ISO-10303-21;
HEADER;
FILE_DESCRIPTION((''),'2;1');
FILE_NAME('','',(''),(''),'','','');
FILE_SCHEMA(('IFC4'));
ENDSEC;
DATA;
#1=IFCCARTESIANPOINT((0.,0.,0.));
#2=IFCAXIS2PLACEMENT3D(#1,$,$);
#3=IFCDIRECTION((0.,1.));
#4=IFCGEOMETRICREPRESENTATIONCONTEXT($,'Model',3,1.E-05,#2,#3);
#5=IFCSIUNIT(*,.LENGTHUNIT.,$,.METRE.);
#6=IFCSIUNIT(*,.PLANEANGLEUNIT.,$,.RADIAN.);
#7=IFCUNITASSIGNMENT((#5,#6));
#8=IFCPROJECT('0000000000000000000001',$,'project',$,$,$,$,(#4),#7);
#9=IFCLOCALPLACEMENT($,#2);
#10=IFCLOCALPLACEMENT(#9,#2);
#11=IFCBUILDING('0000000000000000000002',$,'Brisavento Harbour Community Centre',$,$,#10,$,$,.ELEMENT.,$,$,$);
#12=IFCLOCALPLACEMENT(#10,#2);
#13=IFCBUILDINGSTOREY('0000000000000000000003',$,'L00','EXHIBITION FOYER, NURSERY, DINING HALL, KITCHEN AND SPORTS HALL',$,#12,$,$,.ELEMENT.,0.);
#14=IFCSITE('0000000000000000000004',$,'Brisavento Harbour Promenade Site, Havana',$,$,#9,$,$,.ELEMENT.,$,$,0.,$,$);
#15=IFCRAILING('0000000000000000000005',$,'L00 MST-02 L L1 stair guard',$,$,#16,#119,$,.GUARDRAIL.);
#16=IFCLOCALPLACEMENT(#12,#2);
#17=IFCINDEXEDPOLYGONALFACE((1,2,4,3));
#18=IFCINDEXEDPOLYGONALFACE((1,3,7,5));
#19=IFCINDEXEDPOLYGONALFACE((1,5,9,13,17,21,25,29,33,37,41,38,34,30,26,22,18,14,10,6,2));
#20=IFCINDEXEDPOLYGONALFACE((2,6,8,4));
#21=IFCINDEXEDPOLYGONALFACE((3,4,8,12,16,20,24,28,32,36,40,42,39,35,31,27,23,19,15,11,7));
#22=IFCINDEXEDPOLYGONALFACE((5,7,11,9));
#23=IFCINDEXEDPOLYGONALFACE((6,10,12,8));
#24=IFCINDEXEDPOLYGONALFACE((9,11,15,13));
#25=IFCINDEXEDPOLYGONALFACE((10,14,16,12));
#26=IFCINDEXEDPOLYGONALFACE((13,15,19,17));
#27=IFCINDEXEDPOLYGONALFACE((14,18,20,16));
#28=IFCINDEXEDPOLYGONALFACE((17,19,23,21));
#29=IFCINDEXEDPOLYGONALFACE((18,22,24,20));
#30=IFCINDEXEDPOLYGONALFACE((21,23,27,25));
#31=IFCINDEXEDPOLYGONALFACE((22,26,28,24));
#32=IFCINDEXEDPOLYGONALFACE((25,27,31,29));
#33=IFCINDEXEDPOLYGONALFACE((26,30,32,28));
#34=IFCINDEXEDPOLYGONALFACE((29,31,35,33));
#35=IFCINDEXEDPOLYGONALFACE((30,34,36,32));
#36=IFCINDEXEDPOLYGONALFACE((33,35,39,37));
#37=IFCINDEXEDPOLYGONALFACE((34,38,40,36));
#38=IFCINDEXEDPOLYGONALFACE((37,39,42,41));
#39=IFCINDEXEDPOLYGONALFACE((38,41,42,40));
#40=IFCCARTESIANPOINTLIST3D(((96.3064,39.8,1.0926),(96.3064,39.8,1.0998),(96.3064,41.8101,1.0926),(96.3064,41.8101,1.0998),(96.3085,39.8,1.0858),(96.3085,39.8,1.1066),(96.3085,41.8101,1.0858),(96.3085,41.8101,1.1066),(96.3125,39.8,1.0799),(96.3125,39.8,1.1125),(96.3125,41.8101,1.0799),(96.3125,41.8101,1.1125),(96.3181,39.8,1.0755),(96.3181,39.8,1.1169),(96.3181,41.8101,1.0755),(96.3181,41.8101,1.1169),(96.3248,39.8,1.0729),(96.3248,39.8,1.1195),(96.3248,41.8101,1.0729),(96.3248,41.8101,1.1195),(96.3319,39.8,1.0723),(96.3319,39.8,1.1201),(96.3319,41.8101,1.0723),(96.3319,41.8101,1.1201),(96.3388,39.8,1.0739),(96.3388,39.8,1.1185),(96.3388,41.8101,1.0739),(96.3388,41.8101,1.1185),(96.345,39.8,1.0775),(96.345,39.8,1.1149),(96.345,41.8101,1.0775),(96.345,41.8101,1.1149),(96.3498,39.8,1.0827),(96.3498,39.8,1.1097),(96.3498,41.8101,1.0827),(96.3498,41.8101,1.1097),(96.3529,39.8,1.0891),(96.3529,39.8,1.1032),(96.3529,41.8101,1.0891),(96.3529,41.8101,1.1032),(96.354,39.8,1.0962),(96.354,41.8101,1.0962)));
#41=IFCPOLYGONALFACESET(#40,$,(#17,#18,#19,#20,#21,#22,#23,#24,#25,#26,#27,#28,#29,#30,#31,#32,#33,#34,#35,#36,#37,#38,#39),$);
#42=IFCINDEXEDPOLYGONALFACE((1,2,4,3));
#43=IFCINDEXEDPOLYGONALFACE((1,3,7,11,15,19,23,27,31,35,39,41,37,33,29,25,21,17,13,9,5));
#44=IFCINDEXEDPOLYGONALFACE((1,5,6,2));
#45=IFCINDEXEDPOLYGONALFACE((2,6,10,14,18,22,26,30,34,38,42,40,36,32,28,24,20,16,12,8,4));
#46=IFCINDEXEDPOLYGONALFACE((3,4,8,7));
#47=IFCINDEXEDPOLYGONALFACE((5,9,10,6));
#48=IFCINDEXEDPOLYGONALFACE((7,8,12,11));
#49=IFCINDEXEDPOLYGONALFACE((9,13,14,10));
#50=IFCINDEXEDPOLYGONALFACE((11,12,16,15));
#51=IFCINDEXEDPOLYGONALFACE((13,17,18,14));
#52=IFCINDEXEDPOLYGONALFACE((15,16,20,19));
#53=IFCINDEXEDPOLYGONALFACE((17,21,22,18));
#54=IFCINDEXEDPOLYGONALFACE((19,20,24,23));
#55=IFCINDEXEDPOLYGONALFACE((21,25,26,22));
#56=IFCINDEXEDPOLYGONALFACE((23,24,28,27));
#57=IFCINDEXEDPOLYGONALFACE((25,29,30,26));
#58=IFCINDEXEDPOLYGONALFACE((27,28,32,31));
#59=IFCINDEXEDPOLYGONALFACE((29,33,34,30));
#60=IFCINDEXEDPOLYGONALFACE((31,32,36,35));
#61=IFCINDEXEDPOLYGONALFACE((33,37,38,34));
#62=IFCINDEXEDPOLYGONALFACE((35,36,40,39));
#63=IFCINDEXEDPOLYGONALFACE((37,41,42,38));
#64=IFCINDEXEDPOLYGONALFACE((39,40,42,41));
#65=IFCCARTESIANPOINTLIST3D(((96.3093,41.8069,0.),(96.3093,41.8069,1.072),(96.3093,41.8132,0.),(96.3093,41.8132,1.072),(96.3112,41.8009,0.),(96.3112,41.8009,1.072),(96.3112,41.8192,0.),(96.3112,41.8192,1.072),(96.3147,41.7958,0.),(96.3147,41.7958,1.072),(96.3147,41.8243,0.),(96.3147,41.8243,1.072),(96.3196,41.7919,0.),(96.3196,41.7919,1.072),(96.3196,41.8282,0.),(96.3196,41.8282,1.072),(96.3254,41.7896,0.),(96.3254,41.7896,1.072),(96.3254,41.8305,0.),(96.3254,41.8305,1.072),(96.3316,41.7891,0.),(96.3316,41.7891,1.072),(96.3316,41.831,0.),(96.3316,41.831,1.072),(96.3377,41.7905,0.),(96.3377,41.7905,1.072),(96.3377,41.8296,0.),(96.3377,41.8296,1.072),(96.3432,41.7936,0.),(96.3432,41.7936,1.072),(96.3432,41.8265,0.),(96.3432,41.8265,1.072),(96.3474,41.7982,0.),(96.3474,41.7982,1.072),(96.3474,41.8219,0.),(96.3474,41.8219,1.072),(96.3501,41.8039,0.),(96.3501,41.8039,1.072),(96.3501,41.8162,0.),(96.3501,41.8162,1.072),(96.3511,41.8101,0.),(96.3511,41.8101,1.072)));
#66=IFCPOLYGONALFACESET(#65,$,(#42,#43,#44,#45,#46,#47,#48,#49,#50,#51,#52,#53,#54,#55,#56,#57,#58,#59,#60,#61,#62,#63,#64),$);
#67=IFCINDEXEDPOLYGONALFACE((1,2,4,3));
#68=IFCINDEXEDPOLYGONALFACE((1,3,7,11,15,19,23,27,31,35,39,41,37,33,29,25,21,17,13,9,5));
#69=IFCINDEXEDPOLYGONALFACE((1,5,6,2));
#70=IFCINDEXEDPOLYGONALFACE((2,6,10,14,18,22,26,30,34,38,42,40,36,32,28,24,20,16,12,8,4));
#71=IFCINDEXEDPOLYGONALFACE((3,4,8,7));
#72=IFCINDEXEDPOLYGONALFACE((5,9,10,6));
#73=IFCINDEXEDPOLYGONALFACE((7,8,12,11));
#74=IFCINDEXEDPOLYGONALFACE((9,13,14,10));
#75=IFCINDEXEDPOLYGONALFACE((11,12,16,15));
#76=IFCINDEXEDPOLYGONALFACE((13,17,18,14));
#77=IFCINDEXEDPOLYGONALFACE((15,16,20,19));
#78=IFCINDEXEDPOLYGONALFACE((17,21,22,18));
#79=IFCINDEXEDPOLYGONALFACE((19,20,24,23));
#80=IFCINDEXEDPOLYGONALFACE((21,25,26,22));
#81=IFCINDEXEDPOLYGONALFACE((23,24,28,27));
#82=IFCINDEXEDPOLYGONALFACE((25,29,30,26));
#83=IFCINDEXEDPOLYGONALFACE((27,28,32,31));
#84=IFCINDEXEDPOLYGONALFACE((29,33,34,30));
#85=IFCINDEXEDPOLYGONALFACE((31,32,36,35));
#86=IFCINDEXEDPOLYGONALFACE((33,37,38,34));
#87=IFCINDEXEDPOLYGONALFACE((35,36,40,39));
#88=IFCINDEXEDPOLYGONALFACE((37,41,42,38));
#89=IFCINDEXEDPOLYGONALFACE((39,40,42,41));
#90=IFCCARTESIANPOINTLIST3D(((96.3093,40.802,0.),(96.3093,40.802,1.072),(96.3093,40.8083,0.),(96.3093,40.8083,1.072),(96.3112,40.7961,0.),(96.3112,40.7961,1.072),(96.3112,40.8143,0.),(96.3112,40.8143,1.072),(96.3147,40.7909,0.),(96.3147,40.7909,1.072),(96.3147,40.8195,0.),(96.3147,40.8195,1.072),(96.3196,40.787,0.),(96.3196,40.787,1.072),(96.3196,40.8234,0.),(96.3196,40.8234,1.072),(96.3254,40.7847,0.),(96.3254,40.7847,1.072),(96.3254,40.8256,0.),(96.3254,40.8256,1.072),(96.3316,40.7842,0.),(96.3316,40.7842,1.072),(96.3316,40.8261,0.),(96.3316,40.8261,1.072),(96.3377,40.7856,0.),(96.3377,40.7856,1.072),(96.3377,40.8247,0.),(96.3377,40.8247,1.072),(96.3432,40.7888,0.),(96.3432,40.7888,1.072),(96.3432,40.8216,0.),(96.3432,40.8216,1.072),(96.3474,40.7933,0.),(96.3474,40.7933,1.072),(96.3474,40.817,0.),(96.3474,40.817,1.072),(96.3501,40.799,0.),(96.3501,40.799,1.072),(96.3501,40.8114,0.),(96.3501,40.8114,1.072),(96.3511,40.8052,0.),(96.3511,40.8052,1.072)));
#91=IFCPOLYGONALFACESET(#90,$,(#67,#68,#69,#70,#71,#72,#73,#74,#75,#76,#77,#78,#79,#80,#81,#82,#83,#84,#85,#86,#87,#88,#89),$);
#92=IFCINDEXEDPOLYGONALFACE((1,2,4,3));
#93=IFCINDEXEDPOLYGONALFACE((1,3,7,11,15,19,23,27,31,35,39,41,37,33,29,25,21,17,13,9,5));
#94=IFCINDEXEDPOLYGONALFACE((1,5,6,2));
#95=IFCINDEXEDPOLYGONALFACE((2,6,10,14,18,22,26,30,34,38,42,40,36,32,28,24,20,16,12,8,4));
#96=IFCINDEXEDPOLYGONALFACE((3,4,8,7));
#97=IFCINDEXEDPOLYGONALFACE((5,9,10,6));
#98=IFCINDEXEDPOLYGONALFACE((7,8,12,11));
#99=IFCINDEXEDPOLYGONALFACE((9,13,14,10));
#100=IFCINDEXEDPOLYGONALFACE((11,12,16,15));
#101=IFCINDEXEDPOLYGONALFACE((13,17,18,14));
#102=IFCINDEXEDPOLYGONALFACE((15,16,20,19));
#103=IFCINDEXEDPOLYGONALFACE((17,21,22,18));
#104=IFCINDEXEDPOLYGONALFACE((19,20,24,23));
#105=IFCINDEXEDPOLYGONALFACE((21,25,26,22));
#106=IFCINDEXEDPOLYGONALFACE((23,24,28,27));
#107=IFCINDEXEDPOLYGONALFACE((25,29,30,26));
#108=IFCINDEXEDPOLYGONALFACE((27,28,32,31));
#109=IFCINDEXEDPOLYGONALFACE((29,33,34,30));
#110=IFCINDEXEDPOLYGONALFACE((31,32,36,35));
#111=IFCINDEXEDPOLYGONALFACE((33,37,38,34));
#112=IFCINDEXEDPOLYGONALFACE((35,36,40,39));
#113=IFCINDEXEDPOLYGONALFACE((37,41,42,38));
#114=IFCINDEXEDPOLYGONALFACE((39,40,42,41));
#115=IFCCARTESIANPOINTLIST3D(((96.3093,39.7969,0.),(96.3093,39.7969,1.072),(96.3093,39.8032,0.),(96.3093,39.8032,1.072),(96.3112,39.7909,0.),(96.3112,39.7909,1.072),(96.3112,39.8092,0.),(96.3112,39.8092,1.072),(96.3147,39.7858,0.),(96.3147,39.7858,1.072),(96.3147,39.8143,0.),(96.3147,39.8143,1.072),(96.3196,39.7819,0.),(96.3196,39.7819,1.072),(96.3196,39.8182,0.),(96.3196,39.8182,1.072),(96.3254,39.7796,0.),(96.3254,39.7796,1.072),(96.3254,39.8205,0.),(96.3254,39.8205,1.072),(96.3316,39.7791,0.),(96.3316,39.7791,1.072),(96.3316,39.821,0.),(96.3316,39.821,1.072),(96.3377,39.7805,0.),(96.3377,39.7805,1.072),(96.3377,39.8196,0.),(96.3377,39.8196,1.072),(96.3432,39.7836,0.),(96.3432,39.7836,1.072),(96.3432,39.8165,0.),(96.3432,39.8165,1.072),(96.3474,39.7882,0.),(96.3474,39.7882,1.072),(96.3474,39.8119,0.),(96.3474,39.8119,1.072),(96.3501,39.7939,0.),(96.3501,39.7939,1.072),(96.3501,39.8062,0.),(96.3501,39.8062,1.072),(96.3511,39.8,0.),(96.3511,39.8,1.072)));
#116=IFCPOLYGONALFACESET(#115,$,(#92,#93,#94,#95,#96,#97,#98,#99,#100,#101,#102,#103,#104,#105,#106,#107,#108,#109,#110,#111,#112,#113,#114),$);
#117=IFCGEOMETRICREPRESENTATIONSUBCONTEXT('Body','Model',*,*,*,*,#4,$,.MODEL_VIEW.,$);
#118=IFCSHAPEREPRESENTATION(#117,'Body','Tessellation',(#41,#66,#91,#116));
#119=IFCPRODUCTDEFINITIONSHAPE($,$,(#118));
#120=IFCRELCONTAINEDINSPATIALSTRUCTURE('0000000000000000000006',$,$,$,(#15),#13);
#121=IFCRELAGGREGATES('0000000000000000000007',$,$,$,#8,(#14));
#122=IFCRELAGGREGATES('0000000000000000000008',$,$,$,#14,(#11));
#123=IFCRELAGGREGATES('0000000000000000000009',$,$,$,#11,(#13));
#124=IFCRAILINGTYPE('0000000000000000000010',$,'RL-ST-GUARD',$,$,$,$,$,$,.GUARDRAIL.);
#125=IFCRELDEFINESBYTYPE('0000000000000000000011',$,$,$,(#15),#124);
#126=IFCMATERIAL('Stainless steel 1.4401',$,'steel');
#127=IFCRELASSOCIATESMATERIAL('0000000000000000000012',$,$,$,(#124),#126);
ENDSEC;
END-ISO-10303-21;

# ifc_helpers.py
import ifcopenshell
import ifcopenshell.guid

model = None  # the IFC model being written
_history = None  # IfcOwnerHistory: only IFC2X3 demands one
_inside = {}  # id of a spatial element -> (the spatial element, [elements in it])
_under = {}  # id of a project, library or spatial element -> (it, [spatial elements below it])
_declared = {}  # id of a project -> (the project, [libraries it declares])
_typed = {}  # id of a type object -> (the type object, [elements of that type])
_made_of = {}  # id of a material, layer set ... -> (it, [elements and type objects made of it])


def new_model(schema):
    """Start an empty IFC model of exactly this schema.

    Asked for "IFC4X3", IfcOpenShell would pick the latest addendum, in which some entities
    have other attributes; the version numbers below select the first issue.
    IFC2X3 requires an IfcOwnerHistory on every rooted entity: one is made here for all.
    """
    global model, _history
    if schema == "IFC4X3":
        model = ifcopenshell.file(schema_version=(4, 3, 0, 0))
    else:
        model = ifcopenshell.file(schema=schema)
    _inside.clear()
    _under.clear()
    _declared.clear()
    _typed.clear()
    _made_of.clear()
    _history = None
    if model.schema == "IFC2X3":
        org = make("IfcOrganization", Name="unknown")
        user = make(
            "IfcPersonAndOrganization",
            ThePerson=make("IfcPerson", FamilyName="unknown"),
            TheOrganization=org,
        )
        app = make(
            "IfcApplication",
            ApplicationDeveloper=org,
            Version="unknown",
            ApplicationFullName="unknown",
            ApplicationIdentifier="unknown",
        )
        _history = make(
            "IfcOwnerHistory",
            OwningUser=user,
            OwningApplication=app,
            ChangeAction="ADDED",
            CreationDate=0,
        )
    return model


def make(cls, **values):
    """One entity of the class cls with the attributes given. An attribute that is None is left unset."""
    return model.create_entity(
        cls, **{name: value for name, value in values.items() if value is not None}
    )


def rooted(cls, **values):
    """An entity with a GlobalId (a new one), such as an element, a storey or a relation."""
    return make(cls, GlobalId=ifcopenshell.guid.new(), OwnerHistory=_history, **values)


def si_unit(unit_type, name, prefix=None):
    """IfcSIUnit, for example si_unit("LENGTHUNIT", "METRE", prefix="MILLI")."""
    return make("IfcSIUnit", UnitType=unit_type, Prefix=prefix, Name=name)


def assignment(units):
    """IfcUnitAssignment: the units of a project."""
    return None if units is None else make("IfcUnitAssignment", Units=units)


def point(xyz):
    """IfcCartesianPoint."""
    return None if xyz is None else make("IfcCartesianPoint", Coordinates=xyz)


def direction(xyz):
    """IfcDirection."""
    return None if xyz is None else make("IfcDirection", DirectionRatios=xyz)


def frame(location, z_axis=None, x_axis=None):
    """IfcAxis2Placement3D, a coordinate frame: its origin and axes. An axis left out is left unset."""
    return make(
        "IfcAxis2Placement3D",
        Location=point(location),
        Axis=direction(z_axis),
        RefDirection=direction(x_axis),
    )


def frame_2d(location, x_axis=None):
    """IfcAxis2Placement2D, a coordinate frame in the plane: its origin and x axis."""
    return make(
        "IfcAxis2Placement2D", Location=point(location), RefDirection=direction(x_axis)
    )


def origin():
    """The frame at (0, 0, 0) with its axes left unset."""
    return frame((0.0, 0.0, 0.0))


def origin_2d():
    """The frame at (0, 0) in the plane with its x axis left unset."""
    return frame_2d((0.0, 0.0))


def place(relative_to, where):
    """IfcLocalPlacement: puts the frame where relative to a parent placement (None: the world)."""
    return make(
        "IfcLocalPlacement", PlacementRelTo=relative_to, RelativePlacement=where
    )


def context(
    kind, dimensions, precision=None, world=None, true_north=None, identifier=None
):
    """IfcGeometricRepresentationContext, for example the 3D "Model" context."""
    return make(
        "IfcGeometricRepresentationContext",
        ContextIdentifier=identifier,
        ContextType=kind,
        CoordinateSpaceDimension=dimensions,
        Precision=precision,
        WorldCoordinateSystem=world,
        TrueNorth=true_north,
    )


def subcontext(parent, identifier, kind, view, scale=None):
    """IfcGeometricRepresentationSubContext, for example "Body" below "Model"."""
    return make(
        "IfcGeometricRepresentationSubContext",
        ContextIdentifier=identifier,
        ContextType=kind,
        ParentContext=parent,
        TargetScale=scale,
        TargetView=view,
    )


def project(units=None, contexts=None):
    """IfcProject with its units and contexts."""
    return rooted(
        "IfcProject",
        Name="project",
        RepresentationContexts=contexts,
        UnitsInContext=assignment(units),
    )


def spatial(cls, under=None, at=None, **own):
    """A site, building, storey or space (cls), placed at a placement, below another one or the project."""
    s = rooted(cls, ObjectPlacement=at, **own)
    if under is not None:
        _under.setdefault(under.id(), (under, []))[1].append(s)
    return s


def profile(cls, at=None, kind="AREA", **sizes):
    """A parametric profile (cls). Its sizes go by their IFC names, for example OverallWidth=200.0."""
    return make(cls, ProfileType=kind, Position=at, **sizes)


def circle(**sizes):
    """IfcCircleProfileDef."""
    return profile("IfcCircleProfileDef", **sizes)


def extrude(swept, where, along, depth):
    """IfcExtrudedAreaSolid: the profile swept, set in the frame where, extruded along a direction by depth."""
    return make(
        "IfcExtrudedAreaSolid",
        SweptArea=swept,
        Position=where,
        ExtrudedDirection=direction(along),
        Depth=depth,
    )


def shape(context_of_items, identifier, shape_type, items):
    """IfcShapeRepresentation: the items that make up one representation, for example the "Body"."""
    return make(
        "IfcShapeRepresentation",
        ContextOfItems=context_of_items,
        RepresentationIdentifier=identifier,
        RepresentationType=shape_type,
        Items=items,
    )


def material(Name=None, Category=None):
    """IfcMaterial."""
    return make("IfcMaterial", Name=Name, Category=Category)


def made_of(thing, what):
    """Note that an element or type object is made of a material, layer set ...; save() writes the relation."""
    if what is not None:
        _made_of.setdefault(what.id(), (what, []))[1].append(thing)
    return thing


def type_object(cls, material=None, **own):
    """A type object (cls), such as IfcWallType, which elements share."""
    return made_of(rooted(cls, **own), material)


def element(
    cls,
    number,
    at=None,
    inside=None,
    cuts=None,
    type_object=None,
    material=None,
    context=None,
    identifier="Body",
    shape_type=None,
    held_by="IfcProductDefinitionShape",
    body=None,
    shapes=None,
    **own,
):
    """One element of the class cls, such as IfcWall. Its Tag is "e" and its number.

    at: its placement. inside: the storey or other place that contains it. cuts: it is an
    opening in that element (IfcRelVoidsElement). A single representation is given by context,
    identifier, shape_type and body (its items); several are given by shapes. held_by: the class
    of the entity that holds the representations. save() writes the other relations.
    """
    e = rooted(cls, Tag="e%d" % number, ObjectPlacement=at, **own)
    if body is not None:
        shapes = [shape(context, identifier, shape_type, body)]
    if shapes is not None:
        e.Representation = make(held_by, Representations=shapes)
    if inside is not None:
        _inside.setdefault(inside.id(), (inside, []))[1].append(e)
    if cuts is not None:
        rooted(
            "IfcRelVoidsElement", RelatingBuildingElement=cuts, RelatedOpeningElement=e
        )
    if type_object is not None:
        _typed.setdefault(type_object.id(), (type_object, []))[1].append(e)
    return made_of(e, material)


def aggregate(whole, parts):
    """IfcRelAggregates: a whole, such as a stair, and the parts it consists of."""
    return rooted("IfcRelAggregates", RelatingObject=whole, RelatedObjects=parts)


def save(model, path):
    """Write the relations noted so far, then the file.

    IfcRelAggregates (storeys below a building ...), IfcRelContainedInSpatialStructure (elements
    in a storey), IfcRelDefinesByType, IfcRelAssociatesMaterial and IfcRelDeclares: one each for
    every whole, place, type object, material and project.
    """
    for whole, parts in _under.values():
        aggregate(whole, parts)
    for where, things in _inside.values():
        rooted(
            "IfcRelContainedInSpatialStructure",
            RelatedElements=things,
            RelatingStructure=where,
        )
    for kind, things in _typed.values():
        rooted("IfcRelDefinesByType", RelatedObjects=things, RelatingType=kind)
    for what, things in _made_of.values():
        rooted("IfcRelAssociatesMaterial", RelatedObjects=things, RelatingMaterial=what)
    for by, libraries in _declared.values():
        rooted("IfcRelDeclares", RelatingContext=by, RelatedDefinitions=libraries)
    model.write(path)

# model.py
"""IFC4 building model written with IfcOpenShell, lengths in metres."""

from ifc_helpers import new_model, si_unit, direction, frame, origin, origin_2d, place, context, subcontext, project, spatial, circle, extrude, material, type_object, element, save


model = new_model("IFC4")

# Units and contexts
model_context = context("Model", 3, precision=1e-05, world=origin(), true_north=direction((0.0, 1.0)))
body_context = subcontext(model_context, "Body", "Model", "MODEL_VIEW")
ifc_project = project(units=[si_unit("LENGTHUNIT", "METRE"), si_unit("PLANEANGLEUNIT", "RADIAN")], contexts=[model_context])

# Site, building, storey
site_placement = place(None, origin())
site = spatial("IfcSite", under=ifc_project, at=site_placement, Name="Brisavento Harbour Promenade Site, Havana", CompositionType="ELEMENT", RefElevation=0.0)
building_placement = place(site_placement, origin())
building = spatial("IfcBuilding", under=site, at=building_placement, Name="Brisavento Harbour Community Centre", CompositionType="ELEMENT")
storey_placement = place(building_placement, origin())
storey = spatial("IfcBuildingStorey", under=building, at=storey_placement, Name="L00", Description="EXHIBITION FOYER, NURSERY, DINING HALL, KITCHEN AND SPORTS HALL", CompositionType="ELEMENT", Elevation=0.0)

# Railing
ifc_material_1 = material(Name="Stainless steel 1.4401", Category="steel")
railing_type = type_object("IfcRailingType", Name="RL-ST-GUARD", PredefinedType="GUARDRAIL", material=ifc_material_1)
railing_1_placement = place(storey_placement, frame((96.3301, 41.8101, 0.0)))
element("IfcRailing", 1, at=railing_1_placement, inside=storey, type_object=railing_type, Name="L00 MST-02 L L1 stair guard", PredefinedType="GUARDRAIL", context=body_context, shape_type="SweptSolid", body=[
    extrude(circle(Radius=0.0239, at=origin_2d()), frame((0.0, 0.0, 1.0962), z_axis=(0.0, -1.0, 0.0), x_axis=(1.0, 0.0, 0.0)), (0.0, 0.0, 1.0), 2.01),
    extrude(circle(Radius=0.021, at=origin_2d()), origin(), (0.0, 0.0, 1.0), 1.072),
    extrude(circle(Radius=0.021, at=origin_2d()), frame((0.0, -1.0049, 0.0)), (0.0, 0.0, 1.0), 1.072),
    extrude(circle(Radius=0.021, at=origin_2d()), frame((0.0, -2.01, 0.0)), (0.0, 0.0, 1.0), 1.072),
])

save(model, "model.ifc")
